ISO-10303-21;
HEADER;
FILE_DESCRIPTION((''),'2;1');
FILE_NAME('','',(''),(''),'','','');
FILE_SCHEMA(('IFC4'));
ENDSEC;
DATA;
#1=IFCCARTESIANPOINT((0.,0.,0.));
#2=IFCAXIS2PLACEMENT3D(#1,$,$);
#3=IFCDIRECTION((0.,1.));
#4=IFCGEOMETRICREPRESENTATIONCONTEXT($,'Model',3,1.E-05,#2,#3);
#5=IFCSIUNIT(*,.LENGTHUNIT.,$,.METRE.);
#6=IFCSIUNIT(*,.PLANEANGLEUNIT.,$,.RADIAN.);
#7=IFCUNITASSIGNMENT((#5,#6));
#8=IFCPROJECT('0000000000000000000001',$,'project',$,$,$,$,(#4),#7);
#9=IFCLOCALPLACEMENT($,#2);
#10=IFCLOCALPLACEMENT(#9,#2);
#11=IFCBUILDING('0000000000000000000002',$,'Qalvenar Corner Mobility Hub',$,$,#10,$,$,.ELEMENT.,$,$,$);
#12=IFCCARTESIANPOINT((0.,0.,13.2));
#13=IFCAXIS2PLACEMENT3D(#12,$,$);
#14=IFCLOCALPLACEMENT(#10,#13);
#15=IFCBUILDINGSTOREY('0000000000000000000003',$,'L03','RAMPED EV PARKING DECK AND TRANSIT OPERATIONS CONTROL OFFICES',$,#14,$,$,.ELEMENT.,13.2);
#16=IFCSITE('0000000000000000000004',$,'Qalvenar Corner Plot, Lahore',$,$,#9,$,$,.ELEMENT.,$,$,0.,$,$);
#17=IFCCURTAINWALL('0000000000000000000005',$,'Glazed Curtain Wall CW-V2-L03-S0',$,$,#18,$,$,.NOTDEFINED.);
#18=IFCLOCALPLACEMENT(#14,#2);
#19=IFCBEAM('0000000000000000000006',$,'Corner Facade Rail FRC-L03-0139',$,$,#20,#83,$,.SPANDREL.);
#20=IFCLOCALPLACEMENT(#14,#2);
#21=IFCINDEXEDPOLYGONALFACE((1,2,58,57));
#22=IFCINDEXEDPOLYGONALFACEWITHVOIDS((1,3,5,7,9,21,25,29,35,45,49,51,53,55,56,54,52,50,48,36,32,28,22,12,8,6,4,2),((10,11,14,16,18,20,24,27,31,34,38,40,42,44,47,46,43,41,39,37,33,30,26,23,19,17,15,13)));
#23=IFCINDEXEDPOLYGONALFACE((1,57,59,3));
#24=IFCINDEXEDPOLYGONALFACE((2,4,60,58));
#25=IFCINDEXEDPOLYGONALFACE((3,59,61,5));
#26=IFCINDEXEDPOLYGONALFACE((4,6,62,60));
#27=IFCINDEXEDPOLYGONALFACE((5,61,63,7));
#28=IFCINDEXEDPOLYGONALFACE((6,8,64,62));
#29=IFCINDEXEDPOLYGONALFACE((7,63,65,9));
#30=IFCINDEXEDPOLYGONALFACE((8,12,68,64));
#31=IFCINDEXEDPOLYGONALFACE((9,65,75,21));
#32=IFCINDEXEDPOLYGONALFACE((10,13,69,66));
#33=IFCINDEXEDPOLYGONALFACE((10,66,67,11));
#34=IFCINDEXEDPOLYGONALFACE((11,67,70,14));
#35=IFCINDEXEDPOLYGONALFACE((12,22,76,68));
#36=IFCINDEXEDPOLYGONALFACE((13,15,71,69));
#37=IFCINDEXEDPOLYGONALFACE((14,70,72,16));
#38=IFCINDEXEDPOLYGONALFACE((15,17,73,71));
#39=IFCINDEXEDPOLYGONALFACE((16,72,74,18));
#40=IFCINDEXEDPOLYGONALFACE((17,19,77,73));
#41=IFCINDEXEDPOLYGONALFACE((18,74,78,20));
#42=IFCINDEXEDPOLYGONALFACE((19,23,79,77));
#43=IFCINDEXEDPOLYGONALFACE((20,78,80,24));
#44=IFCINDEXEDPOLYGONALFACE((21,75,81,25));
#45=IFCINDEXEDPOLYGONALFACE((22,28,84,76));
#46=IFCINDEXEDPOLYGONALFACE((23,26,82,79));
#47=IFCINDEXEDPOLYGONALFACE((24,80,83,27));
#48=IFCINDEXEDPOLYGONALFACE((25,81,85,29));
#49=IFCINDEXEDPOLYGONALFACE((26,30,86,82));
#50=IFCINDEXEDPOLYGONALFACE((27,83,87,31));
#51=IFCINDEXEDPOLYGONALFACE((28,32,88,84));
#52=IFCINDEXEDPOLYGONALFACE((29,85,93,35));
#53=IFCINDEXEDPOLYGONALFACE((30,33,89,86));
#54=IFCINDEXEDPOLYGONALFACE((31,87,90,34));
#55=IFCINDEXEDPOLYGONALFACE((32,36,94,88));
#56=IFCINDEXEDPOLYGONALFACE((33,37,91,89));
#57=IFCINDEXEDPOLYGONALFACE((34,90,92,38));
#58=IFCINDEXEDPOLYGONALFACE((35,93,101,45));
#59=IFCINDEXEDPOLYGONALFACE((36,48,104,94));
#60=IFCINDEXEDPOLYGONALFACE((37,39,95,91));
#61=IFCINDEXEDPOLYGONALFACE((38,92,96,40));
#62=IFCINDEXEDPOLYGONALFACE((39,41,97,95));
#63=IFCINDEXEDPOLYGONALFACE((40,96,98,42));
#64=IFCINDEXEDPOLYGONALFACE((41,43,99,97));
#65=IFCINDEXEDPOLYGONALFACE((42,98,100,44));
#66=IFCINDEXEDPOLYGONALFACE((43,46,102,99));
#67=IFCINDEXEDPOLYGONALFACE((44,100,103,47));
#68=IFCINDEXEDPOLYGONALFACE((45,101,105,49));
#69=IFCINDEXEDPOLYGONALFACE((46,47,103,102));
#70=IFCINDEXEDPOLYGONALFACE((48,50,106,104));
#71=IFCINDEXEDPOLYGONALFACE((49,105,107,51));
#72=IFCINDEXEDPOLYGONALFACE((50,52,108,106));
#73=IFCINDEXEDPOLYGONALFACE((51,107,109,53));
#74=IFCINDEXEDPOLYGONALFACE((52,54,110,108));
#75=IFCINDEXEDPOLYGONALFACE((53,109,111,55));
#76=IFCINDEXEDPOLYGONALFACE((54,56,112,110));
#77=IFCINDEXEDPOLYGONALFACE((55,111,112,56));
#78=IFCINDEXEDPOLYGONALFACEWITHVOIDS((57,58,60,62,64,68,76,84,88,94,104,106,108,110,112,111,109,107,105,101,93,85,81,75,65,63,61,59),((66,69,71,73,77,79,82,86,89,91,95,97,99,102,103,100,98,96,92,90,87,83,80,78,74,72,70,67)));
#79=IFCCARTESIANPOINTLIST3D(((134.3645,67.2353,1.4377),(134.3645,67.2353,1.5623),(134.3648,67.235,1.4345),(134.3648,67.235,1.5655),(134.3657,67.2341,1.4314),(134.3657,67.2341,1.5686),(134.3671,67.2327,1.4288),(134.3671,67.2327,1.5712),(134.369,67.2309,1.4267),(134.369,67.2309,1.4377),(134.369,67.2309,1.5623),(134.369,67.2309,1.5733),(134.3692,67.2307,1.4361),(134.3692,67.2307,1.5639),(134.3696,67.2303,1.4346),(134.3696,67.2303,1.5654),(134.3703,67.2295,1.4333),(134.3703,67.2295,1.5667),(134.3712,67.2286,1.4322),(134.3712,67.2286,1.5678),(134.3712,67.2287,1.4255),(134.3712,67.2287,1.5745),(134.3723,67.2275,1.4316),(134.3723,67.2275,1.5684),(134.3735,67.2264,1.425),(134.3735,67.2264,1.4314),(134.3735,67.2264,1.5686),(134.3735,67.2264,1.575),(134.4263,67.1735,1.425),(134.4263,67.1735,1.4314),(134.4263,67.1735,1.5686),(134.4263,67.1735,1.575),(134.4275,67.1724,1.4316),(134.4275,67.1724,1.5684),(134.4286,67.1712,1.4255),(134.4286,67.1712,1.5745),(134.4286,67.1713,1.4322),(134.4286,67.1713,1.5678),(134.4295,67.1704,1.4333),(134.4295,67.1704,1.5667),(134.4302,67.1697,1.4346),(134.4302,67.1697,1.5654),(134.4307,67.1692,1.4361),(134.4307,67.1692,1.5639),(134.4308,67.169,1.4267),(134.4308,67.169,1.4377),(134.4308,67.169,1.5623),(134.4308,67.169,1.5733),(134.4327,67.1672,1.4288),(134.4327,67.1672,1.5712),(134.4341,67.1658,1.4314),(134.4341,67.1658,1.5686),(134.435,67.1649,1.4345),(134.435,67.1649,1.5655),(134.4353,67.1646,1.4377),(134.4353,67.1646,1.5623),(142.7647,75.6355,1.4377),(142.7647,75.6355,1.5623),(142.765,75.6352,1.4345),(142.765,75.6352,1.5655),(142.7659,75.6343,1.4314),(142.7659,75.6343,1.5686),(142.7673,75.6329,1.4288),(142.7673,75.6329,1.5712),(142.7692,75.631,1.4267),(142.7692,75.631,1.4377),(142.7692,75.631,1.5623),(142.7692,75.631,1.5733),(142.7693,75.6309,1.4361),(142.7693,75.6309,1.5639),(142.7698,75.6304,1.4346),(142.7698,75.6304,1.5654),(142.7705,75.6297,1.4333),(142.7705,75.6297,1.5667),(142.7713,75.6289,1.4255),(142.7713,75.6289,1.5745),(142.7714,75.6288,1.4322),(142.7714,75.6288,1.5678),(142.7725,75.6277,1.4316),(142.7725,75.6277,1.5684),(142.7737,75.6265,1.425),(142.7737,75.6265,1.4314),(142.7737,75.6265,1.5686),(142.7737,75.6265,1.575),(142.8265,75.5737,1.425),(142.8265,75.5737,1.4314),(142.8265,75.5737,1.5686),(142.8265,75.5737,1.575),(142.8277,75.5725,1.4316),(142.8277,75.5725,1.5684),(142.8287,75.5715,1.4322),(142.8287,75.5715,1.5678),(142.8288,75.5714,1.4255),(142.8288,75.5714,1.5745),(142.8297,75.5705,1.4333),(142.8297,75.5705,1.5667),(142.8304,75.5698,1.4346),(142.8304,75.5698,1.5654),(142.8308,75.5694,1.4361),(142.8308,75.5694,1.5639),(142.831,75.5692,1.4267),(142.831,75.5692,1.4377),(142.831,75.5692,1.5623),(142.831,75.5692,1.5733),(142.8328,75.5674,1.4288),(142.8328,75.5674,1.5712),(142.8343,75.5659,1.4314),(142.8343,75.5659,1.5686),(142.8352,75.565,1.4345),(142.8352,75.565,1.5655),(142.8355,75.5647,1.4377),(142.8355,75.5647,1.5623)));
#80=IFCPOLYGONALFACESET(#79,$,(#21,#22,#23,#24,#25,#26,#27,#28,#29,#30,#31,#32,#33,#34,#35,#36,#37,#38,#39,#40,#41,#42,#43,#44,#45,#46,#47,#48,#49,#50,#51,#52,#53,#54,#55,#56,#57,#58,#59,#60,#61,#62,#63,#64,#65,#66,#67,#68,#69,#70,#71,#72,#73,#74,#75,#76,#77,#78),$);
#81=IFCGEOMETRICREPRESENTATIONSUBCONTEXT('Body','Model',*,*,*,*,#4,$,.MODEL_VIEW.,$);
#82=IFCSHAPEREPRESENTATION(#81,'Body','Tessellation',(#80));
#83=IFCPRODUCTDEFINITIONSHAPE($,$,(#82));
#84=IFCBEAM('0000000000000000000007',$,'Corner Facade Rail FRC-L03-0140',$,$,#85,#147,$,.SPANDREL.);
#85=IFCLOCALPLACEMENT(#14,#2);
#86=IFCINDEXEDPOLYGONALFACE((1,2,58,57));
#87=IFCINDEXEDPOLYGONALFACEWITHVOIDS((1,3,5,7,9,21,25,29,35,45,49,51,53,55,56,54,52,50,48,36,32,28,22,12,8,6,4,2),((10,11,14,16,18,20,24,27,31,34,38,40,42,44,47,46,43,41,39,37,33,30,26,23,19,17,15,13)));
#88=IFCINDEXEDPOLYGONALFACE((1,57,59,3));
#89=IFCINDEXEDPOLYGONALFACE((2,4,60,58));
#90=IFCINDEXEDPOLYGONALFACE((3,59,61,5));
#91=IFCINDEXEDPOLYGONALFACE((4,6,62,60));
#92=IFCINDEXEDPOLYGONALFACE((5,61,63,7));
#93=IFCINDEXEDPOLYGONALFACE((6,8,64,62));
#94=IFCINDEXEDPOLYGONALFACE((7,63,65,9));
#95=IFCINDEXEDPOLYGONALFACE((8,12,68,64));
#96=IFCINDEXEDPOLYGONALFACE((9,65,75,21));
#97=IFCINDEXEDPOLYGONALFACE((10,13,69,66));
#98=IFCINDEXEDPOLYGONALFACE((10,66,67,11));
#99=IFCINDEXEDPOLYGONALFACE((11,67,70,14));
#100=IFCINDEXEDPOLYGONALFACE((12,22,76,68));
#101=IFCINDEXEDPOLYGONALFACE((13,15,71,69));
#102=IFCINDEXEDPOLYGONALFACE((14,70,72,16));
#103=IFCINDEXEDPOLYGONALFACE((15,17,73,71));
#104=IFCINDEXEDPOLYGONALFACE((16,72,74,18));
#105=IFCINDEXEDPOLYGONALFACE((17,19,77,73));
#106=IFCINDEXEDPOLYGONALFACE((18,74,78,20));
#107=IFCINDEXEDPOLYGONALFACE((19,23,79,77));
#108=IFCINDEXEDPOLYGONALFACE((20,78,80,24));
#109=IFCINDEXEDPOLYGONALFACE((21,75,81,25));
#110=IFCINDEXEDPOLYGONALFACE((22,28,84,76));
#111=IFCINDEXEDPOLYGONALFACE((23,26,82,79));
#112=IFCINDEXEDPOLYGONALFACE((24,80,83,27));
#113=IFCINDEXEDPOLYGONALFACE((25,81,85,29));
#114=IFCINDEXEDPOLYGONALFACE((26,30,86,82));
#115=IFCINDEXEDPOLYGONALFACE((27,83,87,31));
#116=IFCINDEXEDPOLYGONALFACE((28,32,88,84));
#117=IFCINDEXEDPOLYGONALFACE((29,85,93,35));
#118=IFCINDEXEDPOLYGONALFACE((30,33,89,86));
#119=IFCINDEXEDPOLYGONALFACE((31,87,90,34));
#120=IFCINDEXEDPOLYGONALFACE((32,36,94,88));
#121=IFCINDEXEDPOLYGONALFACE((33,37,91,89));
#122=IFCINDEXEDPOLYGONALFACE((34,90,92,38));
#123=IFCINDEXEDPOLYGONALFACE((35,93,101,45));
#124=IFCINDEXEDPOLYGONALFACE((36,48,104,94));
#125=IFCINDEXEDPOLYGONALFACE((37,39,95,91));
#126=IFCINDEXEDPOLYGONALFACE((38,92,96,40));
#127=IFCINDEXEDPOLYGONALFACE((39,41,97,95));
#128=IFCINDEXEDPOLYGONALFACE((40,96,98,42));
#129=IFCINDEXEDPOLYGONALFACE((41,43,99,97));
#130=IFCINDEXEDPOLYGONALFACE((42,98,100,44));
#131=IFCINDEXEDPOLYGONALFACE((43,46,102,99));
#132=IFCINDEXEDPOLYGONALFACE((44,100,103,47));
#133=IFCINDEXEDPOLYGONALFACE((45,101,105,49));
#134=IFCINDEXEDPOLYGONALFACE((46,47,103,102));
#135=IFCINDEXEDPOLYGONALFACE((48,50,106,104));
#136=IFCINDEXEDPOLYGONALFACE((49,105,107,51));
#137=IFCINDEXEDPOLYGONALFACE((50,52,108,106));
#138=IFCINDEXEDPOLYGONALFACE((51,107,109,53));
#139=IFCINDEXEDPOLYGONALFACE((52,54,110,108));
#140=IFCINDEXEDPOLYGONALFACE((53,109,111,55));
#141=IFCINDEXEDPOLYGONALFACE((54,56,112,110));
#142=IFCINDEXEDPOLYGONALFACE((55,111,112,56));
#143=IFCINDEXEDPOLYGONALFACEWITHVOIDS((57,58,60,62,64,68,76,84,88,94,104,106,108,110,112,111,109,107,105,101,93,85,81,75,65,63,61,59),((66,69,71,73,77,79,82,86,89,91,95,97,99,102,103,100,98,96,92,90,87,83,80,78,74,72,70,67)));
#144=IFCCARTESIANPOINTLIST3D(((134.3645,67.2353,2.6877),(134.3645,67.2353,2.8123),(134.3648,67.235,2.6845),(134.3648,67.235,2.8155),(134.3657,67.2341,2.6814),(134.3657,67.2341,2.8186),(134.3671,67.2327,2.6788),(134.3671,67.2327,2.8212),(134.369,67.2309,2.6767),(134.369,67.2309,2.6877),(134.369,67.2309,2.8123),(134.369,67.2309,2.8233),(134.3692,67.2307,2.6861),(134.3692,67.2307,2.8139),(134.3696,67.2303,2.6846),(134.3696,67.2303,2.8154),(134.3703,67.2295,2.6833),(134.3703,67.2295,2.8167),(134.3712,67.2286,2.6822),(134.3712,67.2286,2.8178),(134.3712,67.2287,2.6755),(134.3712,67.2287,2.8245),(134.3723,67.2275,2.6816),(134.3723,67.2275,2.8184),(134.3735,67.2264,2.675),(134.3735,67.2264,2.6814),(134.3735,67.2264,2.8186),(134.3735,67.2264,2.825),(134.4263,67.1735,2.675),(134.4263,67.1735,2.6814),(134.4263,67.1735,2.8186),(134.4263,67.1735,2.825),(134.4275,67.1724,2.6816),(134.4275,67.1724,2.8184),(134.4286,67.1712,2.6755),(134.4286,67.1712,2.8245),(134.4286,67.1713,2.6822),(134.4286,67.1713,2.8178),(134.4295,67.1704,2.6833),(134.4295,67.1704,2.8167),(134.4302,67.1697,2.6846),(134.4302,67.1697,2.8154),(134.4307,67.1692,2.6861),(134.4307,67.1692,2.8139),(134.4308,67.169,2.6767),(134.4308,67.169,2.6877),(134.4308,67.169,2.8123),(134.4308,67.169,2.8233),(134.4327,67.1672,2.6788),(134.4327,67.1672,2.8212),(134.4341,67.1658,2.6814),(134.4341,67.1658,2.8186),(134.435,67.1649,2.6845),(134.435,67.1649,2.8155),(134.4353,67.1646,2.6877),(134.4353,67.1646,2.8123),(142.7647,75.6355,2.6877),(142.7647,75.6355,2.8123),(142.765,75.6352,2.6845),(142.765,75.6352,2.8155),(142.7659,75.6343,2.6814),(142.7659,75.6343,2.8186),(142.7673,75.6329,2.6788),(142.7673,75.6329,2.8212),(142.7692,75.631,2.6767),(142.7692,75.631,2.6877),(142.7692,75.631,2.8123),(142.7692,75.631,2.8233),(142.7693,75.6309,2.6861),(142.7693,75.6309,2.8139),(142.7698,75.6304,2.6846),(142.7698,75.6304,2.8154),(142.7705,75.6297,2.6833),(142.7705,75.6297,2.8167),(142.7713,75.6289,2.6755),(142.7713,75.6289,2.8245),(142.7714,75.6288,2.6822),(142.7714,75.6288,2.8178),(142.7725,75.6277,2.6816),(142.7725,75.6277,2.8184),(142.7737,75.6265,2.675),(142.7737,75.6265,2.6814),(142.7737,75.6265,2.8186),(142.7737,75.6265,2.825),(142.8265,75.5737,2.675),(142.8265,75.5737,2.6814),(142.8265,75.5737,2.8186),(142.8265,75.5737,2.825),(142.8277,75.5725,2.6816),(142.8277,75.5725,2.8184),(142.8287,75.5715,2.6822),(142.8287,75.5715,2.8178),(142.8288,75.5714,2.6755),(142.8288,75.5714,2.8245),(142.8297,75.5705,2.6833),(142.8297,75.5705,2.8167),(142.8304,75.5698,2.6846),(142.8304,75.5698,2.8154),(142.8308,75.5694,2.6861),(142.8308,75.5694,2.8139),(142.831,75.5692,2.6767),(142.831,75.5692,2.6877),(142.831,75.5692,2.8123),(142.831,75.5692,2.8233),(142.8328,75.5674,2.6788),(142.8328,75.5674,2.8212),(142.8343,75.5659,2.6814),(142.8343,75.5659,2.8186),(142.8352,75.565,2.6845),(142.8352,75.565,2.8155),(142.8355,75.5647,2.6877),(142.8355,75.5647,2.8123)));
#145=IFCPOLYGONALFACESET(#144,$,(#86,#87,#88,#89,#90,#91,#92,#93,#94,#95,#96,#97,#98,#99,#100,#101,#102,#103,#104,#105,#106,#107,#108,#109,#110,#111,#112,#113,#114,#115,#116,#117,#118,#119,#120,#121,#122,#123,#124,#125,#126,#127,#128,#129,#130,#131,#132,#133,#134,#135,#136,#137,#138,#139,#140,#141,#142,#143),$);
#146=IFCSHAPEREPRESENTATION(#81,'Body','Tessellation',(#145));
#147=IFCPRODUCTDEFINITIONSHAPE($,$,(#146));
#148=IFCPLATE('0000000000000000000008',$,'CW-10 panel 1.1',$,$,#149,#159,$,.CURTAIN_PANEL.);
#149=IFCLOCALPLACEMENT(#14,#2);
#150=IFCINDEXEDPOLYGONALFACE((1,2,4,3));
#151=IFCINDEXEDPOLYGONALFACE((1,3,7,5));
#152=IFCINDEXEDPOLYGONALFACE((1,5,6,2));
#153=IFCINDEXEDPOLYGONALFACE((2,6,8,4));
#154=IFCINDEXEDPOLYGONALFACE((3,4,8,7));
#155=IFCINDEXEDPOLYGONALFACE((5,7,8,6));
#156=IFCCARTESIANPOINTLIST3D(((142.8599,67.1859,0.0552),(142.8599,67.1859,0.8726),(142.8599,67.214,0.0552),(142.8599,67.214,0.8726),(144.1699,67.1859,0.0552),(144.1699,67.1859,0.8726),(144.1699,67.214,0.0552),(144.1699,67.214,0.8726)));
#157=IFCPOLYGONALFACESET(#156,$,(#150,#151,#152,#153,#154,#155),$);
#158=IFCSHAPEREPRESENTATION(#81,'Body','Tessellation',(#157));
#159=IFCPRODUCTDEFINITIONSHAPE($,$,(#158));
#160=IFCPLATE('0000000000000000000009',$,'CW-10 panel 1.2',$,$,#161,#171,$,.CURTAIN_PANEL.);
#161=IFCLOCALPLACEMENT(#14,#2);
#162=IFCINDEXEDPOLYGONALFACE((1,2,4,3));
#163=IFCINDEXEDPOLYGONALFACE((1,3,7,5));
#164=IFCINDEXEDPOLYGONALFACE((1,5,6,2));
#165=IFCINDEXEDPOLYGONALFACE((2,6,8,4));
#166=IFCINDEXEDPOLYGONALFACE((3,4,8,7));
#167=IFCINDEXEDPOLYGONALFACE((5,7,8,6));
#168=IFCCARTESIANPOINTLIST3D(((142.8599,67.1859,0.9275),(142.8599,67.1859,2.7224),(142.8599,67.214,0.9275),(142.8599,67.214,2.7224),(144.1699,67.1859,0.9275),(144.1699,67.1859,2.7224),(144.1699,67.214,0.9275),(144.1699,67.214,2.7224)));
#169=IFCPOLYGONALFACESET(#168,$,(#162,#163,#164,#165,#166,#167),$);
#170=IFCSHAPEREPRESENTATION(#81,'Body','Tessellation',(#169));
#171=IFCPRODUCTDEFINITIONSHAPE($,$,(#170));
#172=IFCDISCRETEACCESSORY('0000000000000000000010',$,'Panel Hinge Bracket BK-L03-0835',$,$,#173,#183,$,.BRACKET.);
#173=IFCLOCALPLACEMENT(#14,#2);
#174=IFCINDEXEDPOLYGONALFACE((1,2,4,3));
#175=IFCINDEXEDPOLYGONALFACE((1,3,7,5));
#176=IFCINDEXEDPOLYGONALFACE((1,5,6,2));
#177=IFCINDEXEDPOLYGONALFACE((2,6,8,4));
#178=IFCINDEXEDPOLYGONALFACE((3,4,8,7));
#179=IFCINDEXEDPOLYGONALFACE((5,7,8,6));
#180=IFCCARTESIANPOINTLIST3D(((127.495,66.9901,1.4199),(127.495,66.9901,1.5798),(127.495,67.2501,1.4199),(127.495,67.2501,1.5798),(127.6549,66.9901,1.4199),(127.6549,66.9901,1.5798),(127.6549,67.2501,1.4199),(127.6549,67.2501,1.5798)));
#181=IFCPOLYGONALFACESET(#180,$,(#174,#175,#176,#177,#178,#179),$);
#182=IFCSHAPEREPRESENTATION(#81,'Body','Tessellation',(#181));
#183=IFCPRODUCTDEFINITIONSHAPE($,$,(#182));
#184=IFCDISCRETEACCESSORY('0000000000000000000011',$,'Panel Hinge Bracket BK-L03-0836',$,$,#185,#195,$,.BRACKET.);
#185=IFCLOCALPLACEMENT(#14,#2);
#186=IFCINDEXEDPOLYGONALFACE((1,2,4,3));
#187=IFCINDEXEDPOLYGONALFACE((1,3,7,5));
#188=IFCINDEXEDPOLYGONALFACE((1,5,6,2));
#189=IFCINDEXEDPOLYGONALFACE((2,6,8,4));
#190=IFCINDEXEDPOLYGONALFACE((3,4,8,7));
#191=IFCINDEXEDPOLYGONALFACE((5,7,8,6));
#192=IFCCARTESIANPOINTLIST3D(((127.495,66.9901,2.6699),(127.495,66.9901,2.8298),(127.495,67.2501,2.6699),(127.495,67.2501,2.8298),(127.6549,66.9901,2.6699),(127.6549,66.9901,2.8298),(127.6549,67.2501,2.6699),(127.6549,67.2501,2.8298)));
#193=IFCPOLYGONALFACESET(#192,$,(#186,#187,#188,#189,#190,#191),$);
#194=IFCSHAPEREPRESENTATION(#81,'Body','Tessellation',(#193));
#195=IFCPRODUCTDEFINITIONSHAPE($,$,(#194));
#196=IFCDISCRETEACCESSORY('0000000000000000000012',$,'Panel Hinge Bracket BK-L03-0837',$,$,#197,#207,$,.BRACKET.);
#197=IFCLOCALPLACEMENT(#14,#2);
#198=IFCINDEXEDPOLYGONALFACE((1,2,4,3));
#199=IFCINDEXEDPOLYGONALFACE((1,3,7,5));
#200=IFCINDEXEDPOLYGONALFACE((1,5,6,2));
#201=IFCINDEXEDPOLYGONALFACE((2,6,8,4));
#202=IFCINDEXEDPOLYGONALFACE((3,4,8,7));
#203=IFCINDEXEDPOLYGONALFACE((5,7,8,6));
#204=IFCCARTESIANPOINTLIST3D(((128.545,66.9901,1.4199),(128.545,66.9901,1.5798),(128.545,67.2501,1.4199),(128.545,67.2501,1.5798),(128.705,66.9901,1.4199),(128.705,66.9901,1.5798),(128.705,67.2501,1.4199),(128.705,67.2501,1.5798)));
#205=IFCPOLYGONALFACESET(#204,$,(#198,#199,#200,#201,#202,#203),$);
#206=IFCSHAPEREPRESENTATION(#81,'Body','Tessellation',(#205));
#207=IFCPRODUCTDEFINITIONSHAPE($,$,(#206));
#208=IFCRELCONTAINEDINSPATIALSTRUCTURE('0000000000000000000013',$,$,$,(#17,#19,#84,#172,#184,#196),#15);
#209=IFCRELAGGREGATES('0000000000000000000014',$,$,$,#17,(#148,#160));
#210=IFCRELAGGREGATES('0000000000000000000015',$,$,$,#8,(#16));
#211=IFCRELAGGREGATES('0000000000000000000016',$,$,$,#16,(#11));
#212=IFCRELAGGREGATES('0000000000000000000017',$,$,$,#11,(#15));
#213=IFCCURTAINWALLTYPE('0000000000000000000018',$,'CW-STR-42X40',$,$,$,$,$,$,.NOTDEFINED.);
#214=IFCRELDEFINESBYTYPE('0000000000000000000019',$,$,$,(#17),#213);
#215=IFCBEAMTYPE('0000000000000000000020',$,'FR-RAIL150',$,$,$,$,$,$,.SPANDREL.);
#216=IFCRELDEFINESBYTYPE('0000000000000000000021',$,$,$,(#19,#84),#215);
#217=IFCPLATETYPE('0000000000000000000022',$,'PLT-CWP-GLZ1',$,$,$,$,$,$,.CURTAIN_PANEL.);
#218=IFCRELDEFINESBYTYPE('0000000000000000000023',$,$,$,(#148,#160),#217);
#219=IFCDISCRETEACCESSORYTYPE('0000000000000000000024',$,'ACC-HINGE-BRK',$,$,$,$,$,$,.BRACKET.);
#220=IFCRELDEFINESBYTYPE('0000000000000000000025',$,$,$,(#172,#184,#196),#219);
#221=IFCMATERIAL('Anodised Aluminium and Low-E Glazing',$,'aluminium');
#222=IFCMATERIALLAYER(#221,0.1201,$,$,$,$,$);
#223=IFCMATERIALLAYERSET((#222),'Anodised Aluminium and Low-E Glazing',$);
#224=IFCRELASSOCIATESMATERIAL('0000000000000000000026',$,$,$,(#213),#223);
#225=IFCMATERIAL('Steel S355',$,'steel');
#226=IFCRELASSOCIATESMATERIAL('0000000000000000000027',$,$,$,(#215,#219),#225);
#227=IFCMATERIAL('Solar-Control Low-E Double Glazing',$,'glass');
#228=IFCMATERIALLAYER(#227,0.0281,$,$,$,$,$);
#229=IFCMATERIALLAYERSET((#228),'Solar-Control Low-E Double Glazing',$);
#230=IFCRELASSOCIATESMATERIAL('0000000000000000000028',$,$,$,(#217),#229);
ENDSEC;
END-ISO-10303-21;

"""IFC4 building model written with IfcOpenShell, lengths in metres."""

from ifc_helpers import new_model, si_unit, direction, frame, origin, origin_2d, place, context, subcontext, project, spatial, rectangle, hollow_rectangle, extrude, material, layer, layer_set, material_profile, profile_set, type_object, element, aggregate, save


model = new_model("IFC4")

# Units and contexts
model_context = context("Model", 3, precision=1e-05, world=origin(), true_north=direction((0.0, 1.0)))
body_context = subcontext(model_context, "Body", "Model", "MODEL_VIEW")
ifc_project = project(units=[si_unit("LENGTHUNIT", "METRE"), si_unit("PLANEANGLEUNIT", "RADIAN")], contexts=[model_context])

# Site, building, storey
site_placement = place(None, origin())
site = spatial("IfcSite", under=ifc_project, at=site_placement, Name="Qalvenar Corner Plot, Lahore", CompositionType="ELEMENT", RefElevation=0.0)
building_placement = place(site_placement, origin())
building = spatial("IfcBuilding", under=site, at=building_placement, Name="Qalvenar Corner Mobility Hub", CompositionType="ELEMENT")
storey_placement = place(building_placement, frame((0.0, 0.0, 13.2)))
storey = spatial("IfcBuildingStorey", under=building, at=storey_placement, Name="L03", Description="RAMPED EV PARKING DECK AND TRANSIT OPERATIONS CONTROL OFFICES", CompositionType="ELEMENT", Elevation=13.2)

# Shared definitions
ifc_material_1 = material(Name="Steel S355", Category="steel")

# Curtain wall
ifc_material_2 = material(Name="Anodised Aluminium and Low-E Glazing", Category="aluminium")
ifc_layer_1 = layer(ifc_material_2, 0.1201)
ifc_layer_set_1 = layer_set([ifc_layer_1], Name="Anodised Aluminium and Low-E Glazing")
curtain_wall_type = type_object("IfcCurtainWallType", Name="CW-STR-42X40", PredefinedType="NOTDEFINED", material=ifc_layer_set_1)
curtain_wall_placement = place(storey_placement, origin())
curtain_wall = element("IfcCurtainWall", 1, at=curtain_wall_placement, inside=storey, type_object=curtain_wall_type, Name="Glazed Curtain Wall CW-V2-L03-S0", PredefinedType="NOTDEFINED")

# Beams
ifc_material_profile_1 = material_profile(ifc_material_1, hollow_rectangle(XDim=0.1001, YDim=0.1499, WallThickness=0.0063, InnerFilletRadius=0.0063, OuterFilletRadius=0.0127, at=origin_2d()), Name="RHS150x100x6.3")
ifc_profile_set_1 = profile_set([ifc_material_profile_1], Name="Steel S355")
beam_type_1 = type_object("IfcBeamType", Name="FR-RAIL150", PredefinedType="SPANDREL", material=ifc_profile_set_1)
for number, where, z_axis, x_axis, name in (
    (2, (134.3999, 67.2, 1.5), (0.707107, 0.707107, 0.0), (-0.707107, 0.707107, 0.0), "Corner Facade Rail FRC-L03-0139"),
    (3, (134.3999, 67.2, 2.75), (0.707107, 0.707107, 0.0), (-0.707107, 0.707107, 0.0), "Corner Facade Rail FRC-L03-0140"),
):
    element("IfcBeam", number, at=place(storey_placement, frame(where, z_axis=z_axis, x_axis=x_axis)), inside=storey, type_object=beam_type_1, Name=name, PredefinedType="SPANDREL", context=body_context, shape_type="SweptSolid", body=[
        extrude(hollow_rectangle(XDim=0.1001, YDim=0.1499, WallThickness=0.0063, InnerFilletRadius=0.0063, OuterFilletRadius=0.0127, at=origin_2d()), origin(), (0.0, 0.0, 1.0), 11.8796),
    ])

# Plates
ifc_material_3 = material(Name="Solar-Control Low-E Double Glazing", Category="glass")
ifc_layer_2 = layer(ifc_material_3, 0.0281)
ifc_layer_set_2 = layer_set([ifc_layer_2], Name="Solar-Control Low-E Double Glazing")
plate_type = type_object("IfcPlateType", Name="PLT-CWP-GLZ1", PredefinedType="CURTAIN_PANEL", material=ifc_layer_set_2)
plate_1_placement = place(storey_placement, frame((143.5149, 67.2, 0.0552), z_axis=(0.0, 0.0, 1.0), x_axis=(1.0, 0.0, 0.0)))
plate_1 = element("IfcPlate", 4, at=plate_1_placement, type_object=plate_type, Name="CW-10 panel 1.1", PredefinedType="CURTAIN_PANEL", context=body_context, shape_type="SweptSolid", body=[
    extrude(rectangle(XDim=1.3101, YDim=0.0281, at=origin_2d()), origin(), (0.0, 0.0, 1.0), 0.8174),
])
plate_2_placement = place(storey_placement, frame((143.5149, 67.2, 0.9275), z_axis=(0.0, 0.0, 1.0), x_axis=(1.0, 0.0, 0.0)))
plate_2 = element("IfcPlate", 5, at=plate_2_placement, type_object=plate_type, Name="CW-10 panel 1.2", PredefinedType="CURTAIN_PANEL", context=body_context, shape_type="SweptSolid", body=[
    extrude(rectangle(XDim=1.3101, YDim=0.0281, at=origin_2d()), origin(), (0.0, 0.0, 1.0), 1.7949),
])
aggregate(curtain_wall, [plate_1, plate_2])

# Discrete accessories
discrete_accessory_type = type_object("IfcDiscreteAccessoryType", Name="ACC-HINGE-BRK", PredefinedType="BRACKET", material=ifc_material_1)
for number, where, z_axis, x_axis, name in (
    (6, (127.575, 67.1201, 1.4199), (0.0, 0.0, 1.0), (1.0, 0.0, 0.0), "Panel Hinge Bracket BK-L03-0835"),
    (7, (127.575, 67.1201, 2.6699), (0.0, 0.0, 1.0), (1.0, 0.0, 0.0), "Panel Hinge Bracket BK-L03-0836"),
    (8, (128.625, 67.1201, 1.4199), (0.0, 0.0, 1.0), (1.0, 0.0, 0.0), "Panel Hinge Bracket BK-L03-0837"),
):
    element("IfcDiscreteAccessory", number, at=place(storey_placement, frame(where, z_axis=z_axis, x_axis=x_axis)), inside=storey, type_object=discrete_accessory_type, Name=name, PredefinedType="BRACKET", context=body_context, shape_type="SweptSolid", body=[
        extrude(rectangle(XDim=0.1599, YDim=0.26, at=origin_2d()), origin(), (0.0, 0.0, 1.0), 0.1599),
    ])

save(model, "model.ifc")
